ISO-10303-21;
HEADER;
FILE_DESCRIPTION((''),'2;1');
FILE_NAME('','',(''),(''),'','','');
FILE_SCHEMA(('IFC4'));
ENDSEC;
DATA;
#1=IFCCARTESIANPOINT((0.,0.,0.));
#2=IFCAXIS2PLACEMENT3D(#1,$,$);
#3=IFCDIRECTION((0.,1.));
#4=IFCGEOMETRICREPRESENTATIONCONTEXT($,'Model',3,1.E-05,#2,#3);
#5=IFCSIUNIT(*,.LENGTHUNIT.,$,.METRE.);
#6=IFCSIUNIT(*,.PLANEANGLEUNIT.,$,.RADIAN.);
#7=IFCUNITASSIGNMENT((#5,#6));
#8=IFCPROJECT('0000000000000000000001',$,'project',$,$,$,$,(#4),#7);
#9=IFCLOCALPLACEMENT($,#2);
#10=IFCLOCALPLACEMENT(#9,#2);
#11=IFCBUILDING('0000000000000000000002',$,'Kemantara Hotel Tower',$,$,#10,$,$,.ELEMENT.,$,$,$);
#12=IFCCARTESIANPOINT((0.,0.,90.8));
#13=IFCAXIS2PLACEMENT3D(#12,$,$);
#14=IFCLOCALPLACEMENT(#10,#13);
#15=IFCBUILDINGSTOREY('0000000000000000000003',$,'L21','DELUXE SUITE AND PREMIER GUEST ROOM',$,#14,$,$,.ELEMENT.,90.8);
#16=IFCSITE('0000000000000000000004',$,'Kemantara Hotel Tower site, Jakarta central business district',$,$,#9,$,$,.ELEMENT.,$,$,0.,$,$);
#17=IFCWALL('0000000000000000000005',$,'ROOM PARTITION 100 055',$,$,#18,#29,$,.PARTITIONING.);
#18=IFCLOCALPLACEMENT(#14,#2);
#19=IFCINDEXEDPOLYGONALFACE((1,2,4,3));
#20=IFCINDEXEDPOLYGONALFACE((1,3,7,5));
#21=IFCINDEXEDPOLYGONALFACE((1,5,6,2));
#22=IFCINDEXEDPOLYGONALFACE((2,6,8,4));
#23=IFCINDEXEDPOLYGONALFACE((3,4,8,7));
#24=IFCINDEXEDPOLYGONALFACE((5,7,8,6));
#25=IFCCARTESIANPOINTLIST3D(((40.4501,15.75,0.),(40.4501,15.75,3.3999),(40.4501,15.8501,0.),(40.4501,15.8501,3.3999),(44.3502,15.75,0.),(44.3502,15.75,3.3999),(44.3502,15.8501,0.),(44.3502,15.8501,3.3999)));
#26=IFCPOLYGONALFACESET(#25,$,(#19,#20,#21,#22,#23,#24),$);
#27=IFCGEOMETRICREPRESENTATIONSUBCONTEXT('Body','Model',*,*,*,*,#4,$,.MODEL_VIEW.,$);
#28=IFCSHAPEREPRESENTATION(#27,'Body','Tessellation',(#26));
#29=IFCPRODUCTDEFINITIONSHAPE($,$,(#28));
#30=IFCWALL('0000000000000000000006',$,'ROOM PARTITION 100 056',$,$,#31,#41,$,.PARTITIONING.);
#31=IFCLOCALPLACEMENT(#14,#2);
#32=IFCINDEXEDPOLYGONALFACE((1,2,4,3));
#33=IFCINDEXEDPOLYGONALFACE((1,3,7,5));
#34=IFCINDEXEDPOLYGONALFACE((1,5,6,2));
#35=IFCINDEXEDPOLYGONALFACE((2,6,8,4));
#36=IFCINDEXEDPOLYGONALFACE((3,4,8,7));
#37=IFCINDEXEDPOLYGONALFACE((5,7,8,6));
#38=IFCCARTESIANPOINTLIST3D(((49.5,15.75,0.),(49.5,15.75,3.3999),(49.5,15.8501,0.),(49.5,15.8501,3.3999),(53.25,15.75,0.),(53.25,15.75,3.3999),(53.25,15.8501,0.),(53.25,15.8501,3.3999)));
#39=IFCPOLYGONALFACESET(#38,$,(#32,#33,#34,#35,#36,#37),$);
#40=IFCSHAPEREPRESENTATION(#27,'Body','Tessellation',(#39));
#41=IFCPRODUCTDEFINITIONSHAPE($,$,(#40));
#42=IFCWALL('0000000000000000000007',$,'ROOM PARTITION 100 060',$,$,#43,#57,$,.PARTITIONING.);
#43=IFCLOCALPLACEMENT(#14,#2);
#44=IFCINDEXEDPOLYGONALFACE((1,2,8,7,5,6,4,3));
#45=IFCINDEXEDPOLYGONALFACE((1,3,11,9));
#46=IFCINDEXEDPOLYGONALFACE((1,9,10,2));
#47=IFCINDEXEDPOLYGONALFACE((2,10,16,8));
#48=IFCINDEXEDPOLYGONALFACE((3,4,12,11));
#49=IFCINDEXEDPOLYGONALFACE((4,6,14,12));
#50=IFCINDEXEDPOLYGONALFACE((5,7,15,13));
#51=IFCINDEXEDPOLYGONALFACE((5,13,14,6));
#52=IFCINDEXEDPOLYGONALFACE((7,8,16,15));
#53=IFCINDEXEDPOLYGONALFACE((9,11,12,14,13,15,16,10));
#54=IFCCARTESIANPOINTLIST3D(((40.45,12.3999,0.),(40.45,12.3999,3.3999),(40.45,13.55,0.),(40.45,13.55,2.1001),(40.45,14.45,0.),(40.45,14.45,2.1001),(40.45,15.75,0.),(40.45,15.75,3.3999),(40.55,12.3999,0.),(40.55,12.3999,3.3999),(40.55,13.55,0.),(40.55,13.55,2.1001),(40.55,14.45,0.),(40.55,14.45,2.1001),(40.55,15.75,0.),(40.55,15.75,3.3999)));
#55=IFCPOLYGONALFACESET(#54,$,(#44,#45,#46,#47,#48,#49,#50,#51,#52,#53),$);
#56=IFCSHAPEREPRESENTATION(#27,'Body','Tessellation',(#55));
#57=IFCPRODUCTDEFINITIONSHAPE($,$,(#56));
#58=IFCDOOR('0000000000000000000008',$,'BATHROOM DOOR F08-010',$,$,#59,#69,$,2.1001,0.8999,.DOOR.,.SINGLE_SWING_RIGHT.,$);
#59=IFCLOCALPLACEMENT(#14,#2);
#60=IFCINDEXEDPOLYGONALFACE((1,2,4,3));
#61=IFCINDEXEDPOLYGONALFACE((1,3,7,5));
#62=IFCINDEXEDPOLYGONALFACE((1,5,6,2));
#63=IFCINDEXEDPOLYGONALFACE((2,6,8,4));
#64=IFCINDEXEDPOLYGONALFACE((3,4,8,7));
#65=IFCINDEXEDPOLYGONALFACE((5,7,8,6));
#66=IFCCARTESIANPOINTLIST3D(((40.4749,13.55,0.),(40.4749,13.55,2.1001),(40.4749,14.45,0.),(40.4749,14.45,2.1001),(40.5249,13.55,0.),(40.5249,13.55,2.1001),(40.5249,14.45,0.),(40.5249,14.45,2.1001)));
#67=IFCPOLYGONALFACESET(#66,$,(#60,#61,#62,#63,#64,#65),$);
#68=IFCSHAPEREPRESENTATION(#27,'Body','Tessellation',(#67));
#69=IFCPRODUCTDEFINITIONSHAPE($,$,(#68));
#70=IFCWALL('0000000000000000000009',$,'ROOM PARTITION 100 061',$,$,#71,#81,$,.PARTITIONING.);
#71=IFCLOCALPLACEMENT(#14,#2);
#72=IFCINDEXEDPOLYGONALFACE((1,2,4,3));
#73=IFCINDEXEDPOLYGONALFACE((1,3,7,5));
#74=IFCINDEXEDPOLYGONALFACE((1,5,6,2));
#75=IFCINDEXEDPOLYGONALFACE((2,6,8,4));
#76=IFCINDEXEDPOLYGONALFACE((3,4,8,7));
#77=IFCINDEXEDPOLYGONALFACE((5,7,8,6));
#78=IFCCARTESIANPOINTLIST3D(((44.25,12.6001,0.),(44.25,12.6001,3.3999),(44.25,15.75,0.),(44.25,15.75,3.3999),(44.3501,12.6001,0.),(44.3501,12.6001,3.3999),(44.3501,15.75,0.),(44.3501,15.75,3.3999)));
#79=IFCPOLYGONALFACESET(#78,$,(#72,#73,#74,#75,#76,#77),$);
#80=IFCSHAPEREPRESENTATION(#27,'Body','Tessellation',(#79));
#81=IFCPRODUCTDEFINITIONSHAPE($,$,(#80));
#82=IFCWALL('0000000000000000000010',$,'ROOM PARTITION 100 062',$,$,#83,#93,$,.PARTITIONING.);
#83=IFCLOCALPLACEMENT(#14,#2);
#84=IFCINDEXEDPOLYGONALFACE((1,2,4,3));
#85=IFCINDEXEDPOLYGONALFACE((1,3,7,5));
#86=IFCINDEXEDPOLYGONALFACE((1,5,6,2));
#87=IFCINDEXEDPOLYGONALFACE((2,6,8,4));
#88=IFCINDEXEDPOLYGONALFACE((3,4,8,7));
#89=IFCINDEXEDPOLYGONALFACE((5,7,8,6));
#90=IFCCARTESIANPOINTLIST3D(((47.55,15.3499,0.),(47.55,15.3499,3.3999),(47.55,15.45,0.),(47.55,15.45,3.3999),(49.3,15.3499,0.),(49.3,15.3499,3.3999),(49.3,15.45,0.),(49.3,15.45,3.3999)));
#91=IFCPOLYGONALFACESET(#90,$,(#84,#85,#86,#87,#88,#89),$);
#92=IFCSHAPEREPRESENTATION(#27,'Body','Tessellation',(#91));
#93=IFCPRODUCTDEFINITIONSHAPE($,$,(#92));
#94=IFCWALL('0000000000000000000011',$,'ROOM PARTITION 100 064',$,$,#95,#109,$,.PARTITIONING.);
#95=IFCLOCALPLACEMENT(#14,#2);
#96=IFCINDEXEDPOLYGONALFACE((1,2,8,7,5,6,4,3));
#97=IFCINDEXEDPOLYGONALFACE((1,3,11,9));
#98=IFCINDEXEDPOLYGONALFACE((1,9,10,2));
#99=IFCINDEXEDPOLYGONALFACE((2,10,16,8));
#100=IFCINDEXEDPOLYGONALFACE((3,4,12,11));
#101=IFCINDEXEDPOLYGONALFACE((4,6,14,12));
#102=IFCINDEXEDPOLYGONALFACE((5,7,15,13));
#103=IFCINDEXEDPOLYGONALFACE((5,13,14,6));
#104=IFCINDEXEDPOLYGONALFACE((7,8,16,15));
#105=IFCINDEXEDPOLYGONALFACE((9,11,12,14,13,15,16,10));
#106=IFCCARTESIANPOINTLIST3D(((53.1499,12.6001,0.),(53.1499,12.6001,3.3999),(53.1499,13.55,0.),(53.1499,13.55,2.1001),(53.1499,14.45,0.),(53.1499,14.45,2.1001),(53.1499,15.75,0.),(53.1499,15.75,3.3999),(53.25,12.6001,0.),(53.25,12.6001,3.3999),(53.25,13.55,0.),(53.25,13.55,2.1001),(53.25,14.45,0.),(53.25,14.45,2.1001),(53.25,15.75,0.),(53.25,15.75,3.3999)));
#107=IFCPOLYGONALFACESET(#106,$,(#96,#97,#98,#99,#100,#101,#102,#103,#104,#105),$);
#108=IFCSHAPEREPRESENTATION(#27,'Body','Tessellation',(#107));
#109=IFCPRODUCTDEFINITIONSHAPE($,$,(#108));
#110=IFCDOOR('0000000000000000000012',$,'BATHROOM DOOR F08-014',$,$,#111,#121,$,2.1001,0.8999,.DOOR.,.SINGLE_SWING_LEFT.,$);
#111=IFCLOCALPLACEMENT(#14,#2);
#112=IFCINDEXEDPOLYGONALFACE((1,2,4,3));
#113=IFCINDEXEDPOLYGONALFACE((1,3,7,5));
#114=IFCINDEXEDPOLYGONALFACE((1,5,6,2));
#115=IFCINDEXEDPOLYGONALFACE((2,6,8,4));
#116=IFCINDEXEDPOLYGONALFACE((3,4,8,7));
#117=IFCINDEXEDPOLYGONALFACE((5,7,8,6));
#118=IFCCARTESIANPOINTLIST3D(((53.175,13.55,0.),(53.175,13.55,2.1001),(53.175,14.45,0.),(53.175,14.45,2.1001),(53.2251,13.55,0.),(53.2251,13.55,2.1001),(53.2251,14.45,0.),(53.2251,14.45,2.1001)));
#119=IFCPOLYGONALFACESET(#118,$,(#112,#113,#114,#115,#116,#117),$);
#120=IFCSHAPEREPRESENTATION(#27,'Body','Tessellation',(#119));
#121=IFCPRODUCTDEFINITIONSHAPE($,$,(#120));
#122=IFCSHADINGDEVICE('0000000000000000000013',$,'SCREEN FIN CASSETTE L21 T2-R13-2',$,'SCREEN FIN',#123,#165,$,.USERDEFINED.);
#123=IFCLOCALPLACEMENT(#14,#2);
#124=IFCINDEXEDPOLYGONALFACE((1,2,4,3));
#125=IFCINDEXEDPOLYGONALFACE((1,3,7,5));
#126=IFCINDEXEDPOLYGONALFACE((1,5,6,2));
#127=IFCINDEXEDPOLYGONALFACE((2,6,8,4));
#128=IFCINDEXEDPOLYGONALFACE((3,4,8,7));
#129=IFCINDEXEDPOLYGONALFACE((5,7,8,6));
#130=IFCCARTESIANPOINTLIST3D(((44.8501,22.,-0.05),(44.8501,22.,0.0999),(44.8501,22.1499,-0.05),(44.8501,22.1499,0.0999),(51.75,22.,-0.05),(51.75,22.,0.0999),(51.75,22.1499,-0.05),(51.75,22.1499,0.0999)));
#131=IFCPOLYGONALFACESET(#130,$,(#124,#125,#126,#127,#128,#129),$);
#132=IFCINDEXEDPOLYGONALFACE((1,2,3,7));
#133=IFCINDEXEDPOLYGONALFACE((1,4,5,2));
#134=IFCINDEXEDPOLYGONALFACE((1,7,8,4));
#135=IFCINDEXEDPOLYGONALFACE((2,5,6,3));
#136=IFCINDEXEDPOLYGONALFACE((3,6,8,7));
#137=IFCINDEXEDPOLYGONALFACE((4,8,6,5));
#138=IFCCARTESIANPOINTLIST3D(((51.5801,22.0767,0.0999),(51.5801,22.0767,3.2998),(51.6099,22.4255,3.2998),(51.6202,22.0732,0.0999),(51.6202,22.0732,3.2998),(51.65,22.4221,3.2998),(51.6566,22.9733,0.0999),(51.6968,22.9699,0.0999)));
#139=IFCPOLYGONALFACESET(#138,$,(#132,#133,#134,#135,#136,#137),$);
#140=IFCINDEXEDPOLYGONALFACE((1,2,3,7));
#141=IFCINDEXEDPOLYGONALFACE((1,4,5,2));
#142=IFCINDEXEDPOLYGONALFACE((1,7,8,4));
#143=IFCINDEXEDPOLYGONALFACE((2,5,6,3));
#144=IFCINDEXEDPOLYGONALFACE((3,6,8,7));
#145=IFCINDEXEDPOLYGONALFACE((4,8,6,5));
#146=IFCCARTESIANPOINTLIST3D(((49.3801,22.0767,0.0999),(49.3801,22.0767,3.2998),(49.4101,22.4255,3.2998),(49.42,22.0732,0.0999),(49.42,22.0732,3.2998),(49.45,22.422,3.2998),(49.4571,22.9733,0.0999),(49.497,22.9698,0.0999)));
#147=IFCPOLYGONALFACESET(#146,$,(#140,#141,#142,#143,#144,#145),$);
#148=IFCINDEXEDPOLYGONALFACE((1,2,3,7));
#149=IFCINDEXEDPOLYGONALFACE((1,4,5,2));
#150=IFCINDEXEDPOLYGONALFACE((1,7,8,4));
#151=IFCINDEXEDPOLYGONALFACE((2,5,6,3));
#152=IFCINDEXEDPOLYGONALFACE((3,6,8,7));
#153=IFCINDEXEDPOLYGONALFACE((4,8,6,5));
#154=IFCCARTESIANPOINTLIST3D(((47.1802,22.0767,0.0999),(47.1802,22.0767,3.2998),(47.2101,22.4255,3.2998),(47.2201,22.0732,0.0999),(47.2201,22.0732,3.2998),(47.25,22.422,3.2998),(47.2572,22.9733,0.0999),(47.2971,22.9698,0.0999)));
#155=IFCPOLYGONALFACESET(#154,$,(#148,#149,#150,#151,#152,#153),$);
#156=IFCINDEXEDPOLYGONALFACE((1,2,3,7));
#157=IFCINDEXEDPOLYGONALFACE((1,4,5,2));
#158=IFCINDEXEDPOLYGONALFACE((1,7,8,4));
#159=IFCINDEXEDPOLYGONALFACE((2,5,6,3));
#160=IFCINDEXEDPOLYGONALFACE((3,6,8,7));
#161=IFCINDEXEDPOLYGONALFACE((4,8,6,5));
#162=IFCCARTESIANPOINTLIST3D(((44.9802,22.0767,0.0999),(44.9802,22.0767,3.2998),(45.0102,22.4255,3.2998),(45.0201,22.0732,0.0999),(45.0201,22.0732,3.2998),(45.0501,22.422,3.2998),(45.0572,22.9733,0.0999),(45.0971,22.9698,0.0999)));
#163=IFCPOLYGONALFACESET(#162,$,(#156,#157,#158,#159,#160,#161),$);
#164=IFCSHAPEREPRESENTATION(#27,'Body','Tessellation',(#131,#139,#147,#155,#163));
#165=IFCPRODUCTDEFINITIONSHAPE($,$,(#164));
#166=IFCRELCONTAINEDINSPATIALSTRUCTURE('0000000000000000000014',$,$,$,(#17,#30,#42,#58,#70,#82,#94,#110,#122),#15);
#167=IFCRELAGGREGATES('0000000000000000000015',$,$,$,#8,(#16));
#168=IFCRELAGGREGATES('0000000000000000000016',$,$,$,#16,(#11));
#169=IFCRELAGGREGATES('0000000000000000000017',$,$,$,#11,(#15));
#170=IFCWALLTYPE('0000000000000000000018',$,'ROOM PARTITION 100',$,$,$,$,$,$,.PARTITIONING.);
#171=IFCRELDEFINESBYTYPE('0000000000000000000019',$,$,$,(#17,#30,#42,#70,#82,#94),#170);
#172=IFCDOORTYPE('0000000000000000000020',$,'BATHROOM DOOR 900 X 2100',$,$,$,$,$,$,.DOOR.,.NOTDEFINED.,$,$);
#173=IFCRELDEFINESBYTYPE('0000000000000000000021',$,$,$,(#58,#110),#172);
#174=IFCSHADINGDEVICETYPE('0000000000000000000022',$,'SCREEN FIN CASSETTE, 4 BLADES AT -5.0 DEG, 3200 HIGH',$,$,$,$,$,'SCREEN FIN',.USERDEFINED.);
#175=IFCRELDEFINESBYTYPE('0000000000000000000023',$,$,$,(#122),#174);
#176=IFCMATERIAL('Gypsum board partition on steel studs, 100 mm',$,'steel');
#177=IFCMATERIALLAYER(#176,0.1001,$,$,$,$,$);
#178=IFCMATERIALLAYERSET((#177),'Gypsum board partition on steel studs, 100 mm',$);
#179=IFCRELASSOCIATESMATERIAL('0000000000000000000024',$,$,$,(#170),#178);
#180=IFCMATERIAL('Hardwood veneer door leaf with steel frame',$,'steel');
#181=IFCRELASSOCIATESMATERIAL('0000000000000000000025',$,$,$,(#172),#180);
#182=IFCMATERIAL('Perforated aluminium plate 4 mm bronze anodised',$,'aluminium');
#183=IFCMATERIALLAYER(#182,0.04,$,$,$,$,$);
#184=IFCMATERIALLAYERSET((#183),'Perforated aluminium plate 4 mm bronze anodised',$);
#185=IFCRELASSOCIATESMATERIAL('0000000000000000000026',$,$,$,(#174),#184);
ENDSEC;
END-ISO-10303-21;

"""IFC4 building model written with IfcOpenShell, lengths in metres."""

from ifc_helpers import new_model, si_unit, direction, frame, frame_2d, origin, origin_2d, place, context, subcontext, project, spatial, polyline, rectangle, outline, extrude, source, transform, mapped, material, layer, layer_set, type_object, element, fill, save


model = new_model("IFC4")

# Units and contexts
model_context = context("Model", 3, precision=1e-05, world=origin(), true_north=direction((0.0, 1.0)))
body_context = subcontext(model_context, "Body", "Model", "MODEL_VIEW")
ifc_project = project(units=[si_unit("LENGTHUNIT", "METRE"), si_unit("PLANEANGLEUNIT", "RADIAN")], contexts=[model_context])

# Site, building, storey
site_placement = place(None, origin())
site = spatial("IfcSite", under=ifc_project, at=site_placement, Name="Kemantara Hotel Tower site, Jakarta central business district", CompositionType="ELEMENT", RefElevation=0.0)
building_placement = place(site_placement, origin())
building = spatial("IfcBuilding", under=site, at=building_placement, Name="Kemantara Hotel Tower", CompositionType="ELEMENT")
storey_placement = place(building_placement, frame((0.0, 0.0, 90.8)))
storey = spatial("IfcBuildingStorey", under=building, at=storey_placement, Name="L21", Description="DELUXE SUITE AND PREMIER GUEST ROOM", CompositionType="ELEMENT", Elevation=90.8)

# Walls
ifc_material_1 = material(Name="Gypsum board partition on steel studs, 100 mm", Category="steel")
ifc_layer_1 = layer(ifc_material_1, 0.1001)
ifc_layer_set_1 = layer_set([ifc_layer_1], Name="Gypsum board partition on steel studs, 100 mm")
wall_type_1 = type_object("IfcWallType", Name="ROOM PARTITION 100", PredefinedType="PARTITIONING", material=ifc_layer_set_1)
wall_1_placement = place(storey_placement, frame((40.45, 15.8, 0.0), z_axis=(0.0, 0.0, 1.0), x_axis=(1.0, 0.0, 0.0)))
element("IfcWall", 1, at=wall_1_placement, inside=storey, type_object=wall_type_1, Name="ROOM PARTITION 100 055", PredefinedType="PARTITIONING", context=body_context, shape_type="SweptSolid", body=[
    extrude(rectangle(XDim=3.9001, YDim=0.1001, at=frame_2d((1.9502, 0.0))), origin(), (0.0, 0.0, 1.0), 3.3999),
])
wall_2_placement = place(storey_placement, frame((49.5, 15.8, 0.0), z_axis=(0.0, 0.0, 1.0), x_axis=(1.0, 0.0, 0.0)))
element("IfcWall", 2, at=wall_2_placement, inside=storey, type_object=wall_type_1, Name="ROOM PARTITION 100 056", PredefinedType="PARTITIONING", context=body_context, shape_type="SweptSolid", body=[
    extrude(rectangle(XDim=3.75, YDim=0.1001, at=frame_2d((1.875, 0.0))), origin(), (0.0, 0.0, 1.0), 3.3999),
])

# Wall, opening, door
wall_3_placement = place(storey_placement, frame((40.5, 15.75, 0.0), z_axis=(0.0, 0.0, 1.0), x_axis=(0.0, -1.0, 0.0)))
wall_3 = element("IfcWall", 3, at=wall_3_placement, inside=storey, type_object=wall_type_1, Name="ROOM PARTITION 100 060", PredefinedType="PARTITIONING", context=body_context, shape_type="SweptSolid", body=[
    extrude(rectangle(XDim=3.3501, YDim=0.1001, at=frame_2d((1.675, 0.0))), origin(), (0.0, 0.0, 1.0), 3.3999),
])
opening_1_placement = place(wall_3_placement, frame((1.3, 0.0, 0.0)))
opening_1 = element("IfcOpeningElement", 4, at=opening_1_placement, cuts=wall_3, PredefinedType="OPENING", context=body_context, shape_type="SweptSolid", body=[
    extrude(rectangle(XDim=0.8999, YDim=2.1001, at=frame_2d((0.45, 1.05))), frame((0.0, 0.0601, 0.0), z_axis=(0.0, -1.0, 0.0), x_axis=(1.0, 0.0, 0.0)), (0.0, 0.0, 1.0), 0.1201),
])
ifc_material_2 = material(Name="Hardwood veneer door leaf with steel frame", Category="steel")
door_type = type_object("IfcDoorType", Name="BATHROOM DOOR 900 X 2100", OperationType="NOTDEFINED", PredefinedType="DOOR", material=ifc_material_2)
door_1_placement = place(opening_1_placement, origin())
door_1 = element("IfcDoor", 5, at=door_1_placement, inside=storey, type_object=door_type, Name="BATHROOM DOOR F08-010", OperationType="SINGLE_SWING_RIGHT", OverallHeight=2.1001, OverallWidth=0.8999, PredefinedType="DOOR", context=body_context, shape_type="SweptSolid", body=[
    extrude(rectangle(XDim=0.8999, YDim=2.1001, at=frame_2d((0.45, 1.05))), frame((0.0, 0.0249, 0.0), z_axis=(0.0, -1.0, 0.0), x_axis=(1.0, 0.0, 0.0)), (0.0, 0.0, 1.0), 0.05),
])
fill(opening_1, door_1)

# Walls
wall_4_placement = place(storey_placement, frame((44.3, 12.6001, 0.0), z_axis=(0.0, 0.0, 1.0), x_axis=(0.0, 1.0, 0.0)))
element("IfcWall", 6, at=wall_4_placement, inside=storey, type_object=wall_type_1, Name="ROOM PARTITION 100 061", PredefinedType="PARTITIONING", context=body_context, shape_type="SweptSolid", body=[
    extrude(rectangle(XDim=3.1499, YDim=0.1001, at=frame_2d((1.575, 0.0))), origin(), (0.0, 0.0, 1.0), 3.3999),
])
wall_5_placement = place(storey_placement, frame((47.55, 15.3999, 0.0), z_axis=(0.0, 0.0, 1.0), x_axis=(1.0, 0.0, 0.0)))
element("IfcWall", 7, at=wall_5_placement, inside=storey, type_object=wall_type_1, Name="ROOM PARTITION 100 062", PredefinedType="PARTITIONING", context=body_context, shape_type="SweptSolid", body=[
    extrude(rectangle(XDim=1.75, YDim=0.1001, at=frame_2d((0.875, 0.0))), origin(), (0.0, 0.0, 1.0), 3.3999),
])

# Wall, opening, door
wall_6_placement = place(storey_placement, frame((53.2, 12.6001, 0.0), z_axis=(0.0, 0.0, 1.0), x_axis=(0.0, 1.0, 0.0)))
wall_6 = element("IfcWall", 8, at=wall_6_placement, inside=storey, type_object=wall_type_1, Name="ROOM PARTITION 100 064", PredefinedType="PARTITIONING", context=body_context, shape_type="SweptSolid", body=[
    extrude(rectangle(XDim=3.1499, YDim=0.1001, at=frame_2d((1.575, 0.0))), origin(), (0.0, 0.0, 1.0), 3.3999),
])
opening_2_placement = place(wall_6_placement, frame((0.95, 0.0, 0.0)))
opening_2 = element("IfcOpeningElement", 9, at=opening_2_placement, cuts=wall_6, PredefinedType="OPENING", context=body_context, shape_type="SweptSolid", body=[
    extrude(rectangle(XDim=0.8999, YDim=2.1001, at=frame_2d((0.45, 1.05))), frame((0.0, 0.0601, 0.0), z_axis=(0.0, -1.0, 0.0), x_axis=(1.0, 0.0, 0.0)), (0.0, 0.0, 1.0), 0.1201),
])
door_2_placement = place(opening_2_placement, origin())
door_2 = element("IfcDoor", 10, at=door_2_placement, inside=storey, type_object=door_type, Name="BATHROOM DOOR F08-014", OperationType="SINGLE_SWING_LEFT", OverallHeight=2.1001, OverallWidth=0.8999, PredefinedType="DOOR", context=body_context, shape_type="SweptSolid", body=[
    extrude(rectangle(XDim=0.8999, YDim=2.1001, at=frame_2d((0.45, 1.05))), frame((0.0, 0.0249, 0.0), z_axis=(0.0, -1.0, 0.0), x_axis=(1.0, 0.0, 0.0)), (0.0, 0.0, 1.0), 0.05),
])
fill(opening_2, door_2)

# Shading device
ifc_material_3 = material(Name="Perforated aluminium plate 4 mm bronze anodised", Category="aluminium")
ifc_layer_2 = layer(ifc_material_3, 0.04)
ifc_layer_set_2 = layer_set([ifc_layer_2], Name="Perforated aluminium plate 4 mm bronze anodised")
shading_device_type_1 = type_object("IfcShadingDeviceType", Name="SCREEN FIN CASSETTE, 4 BLADES AT -5.0 DEG, 3200 HIGH", ElementType="SCREEN FIN", PredefinedType="USERDEFINED", material=ifc_layer_set_2)
shared_shape_1 = source(origin(), body_context, "Body", "SweptSolid", [
    extrude(rectangle(XDim=6.8999, YDim=0.1499, at=origin_2d()), frame((3.3, -0.075, -0.1499), z_axis=(0.0, 0.0, 1.0), x_axis=(1.0, 0.0, 0.0)), (0.0, 0.0, 1.0), 0.1499),
    extrude(outline(polyline([(0.0, 0.0), (0.8999, 0.0), (0.3501, 3.2), (0.0, 3.2), (0.0, 0.0)])), frame((0.02, -0.0767, 0.0), z_axis=(-0.996376, 0.085056, 0.0), x_axis=(-0.085056, -0.996376, 0.0)), (0.0, 0.0, 1.0), 0.0403),
    extrude(outline(polyline([(0.0, 0.0), (0.8999, 0.0), (0.3501, 3.2), (0.0, 3.2), (0.0, 0.0)])), frame((2.22, -0.0767, 0.0), z_axis=(-0.996332, 0.085575, 0.0), x_axis=(-0.085575, -0.996332, 0.0)), (0.0, 0.0, 1.0), 0.04),
    extrude(outline(polyline([(0.0, 0.0), (0.8999, 0.0), (0.3501, 3.2), (0.0, 3.2), (0.0, 0.0)])), frame((4.4199, -0.0767, 0.0), z_axis=(-0.996332, 0.085575, 0.0), x_axis=(-0.085575, -0.996332, 0.0)), (0.0, 0.0, 1.0), 0.04),
    extrude(outline(polyline([(0.0, 0.0), (0.8999, 0.0), (0.3501, 3.2), (0.0, 3.2), (0.0, 0.0)])), frame((6.6199, -0.0767, 0.0), z_axis=(-0.996332, 0.085575, 0.0), x_axis=(-0.085575, -0.996332, 0.0)), (0.0, 0.0, 1.0), 0.04),
])
shading_device_1_placement = place(storey_placement, frame((51.6001, 22.0, 0.0999), z_axis=(0.0, 0.0, 1.0), x_axis=(-1.0, 0.0, 0.0)))
element("IfcShadingDevice", 11, at=shading_device_1_placement, inside=storey, type_object=shading_device_type_1, Name="SCREEN FIN CASSETTE L21 T2-R13-2", ObjectType="SCREEN FIN", PredefinedType="USERDEFINED", context=body_context, shape_type="MappedRepresentation", body=[
    mapped(shared_shape_1, transform((0.0, 0.0, 0.0))),
])

save(model, "model.ifc")
